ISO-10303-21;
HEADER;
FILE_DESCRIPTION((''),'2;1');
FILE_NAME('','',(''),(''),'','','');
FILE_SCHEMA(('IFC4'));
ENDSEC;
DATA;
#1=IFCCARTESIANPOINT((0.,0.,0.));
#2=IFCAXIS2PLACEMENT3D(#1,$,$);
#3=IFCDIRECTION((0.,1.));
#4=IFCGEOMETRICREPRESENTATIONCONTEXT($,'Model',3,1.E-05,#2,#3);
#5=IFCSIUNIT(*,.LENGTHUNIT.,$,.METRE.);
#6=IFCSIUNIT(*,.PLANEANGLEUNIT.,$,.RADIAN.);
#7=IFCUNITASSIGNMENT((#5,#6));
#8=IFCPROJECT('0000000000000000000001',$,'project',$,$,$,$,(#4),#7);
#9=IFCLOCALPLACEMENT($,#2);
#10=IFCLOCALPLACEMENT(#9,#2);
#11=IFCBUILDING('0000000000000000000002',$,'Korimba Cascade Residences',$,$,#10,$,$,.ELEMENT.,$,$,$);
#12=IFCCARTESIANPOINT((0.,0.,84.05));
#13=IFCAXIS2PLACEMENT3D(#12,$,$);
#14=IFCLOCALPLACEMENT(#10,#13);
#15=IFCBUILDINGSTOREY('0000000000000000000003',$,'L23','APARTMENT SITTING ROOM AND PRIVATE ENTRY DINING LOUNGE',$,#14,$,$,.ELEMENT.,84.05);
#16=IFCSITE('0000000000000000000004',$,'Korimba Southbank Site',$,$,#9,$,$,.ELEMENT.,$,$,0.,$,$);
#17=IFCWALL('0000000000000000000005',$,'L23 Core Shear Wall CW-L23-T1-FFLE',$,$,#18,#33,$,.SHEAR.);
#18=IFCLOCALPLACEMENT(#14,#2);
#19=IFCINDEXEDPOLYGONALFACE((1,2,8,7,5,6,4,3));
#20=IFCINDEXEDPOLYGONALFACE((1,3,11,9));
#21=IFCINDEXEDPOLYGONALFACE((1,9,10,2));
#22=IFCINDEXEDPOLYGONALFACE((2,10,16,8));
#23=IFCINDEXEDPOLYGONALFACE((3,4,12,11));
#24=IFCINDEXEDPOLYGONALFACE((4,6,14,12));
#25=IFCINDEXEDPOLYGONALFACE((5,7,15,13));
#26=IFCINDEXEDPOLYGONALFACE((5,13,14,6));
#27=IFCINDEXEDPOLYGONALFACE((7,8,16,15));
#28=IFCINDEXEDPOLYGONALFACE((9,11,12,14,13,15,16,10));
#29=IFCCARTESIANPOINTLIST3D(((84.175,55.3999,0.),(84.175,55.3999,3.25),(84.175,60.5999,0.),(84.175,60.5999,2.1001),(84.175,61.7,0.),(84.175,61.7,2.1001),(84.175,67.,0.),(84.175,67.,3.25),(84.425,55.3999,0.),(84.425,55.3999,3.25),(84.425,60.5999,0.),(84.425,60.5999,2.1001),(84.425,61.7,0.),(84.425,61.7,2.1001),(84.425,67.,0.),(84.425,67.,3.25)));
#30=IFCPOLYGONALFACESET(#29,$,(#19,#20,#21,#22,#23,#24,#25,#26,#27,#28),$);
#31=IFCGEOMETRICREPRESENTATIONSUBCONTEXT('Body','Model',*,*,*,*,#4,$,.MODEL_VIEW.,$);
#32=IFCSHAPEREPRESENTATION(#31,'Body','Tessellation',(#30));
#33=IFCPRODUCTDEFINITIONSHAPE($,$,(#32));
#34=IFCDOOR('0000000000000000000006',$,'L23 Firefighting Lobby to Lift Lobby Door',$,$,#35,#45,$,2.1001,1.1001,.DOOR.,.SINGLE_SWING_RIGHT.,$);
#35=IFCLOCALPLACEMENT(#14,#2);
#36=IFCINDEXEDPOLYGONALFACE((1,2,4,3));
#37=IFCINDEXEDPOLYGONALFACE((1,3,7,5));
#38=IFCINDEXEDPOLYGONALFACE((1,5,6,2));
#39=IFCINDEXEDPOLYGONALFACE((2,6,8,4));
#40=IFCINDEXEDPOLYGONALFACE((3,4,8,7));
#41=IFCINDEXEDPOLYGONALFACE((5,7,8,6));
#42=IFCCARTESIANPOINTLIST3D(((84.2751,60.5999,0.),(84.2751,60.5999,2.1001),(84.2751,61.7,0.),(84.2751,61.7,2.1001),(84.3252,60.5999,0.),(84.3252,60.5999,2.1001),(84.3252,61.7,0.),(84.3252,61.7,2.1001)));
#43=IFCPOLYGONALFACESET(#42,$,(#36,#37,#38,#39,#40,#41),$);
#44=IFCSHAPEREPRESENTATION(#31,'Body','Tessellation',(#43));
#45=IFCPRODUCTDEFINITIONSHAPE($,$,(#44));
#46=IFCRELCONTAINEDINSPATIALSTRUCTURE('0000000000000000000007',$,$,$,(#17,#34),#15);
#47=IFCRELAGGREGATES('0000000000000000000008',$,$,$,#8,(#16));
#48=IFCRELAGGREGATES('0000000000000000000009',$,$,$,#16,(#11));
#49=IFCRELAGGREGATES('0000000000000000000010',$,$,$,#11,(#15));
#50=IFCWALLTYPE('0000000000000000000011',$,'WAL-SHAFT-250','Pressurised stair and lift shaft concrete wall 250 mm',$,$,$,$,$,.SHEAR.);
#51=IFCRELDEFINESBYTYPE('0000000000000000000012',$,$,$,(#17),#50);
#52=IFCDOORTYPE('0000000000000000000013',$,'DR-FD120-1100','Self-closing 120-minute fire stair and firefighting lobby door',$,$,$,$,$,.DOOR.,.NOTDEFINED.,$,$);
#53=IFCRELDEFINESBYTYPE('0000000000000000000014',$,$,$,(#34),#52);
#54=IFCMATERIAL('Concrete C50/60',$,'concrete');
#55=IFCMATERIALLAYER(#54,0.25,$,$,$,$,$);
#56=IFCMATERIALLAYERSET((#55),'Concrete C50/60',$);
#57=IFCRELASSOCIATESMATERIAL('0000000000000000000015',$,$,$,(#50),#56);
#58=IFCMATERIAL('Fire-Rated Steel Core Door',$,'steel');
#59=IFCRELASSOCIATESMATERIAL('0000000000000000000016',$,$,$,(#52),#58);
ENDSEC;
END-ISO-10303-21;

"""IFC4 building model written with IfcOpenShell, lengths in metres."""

from ifc_helpers import new_model, si_unit, direction, frame, frame_2d, origin, place, context, subcontext, project, spatial, rectangle, extrude, material, layer, layer_set, type_object, element, fill, save


model = new_model("IFC4")

# Units and contexts
model_context = context("Model", 3, precision=1e-05, world=origin(), true_north=direction((0.0, 1.0)))
body_context = subcontext(model_context, "Body", "Model", "MODEL_VIEW")
ifc_project = project(units=[si_unit("LENGTHUNIT", "METRE"), si_unit("PLANEANGLEUNIT", "RADIAN")], contexts=[model_context])

# Site, building, storey
site_placement = place(None, origin())
site = spatial("IfcSite", under=ifc_project, at=site_placement, Name="Korimba Southbank Site", CompositionType="ELEMENT", RefElevation=0.0)
building_placement = place(site_placement, origin())
building = spatial("IfcBuilding", under=site, at=building_placement, Name="Korimba Cascade Residences", CompositionType="ELEMENT")
storey_placement = place(building_placement, frame((0.0, 0.0, 84.05)))
storey = spatial("IfcBuildingStorey", under=building, at=storey_placement, Name="L23", Description="APARTMENT SITTING ROOM AND PRIVATE ENTRY DINING LOUNGE", CompositionType="ELEMENT", Elevation=84.05)

# Shared definitions
ifc_material_1 = material(Name="Concrete C50/60", Category="concrete")
ifc_layer_1 = layer(ifc_material_1, 0.25)
ifc_layer_set_1 = layer_set([ifc_layer_1], Name="Concrete C50/60")
wall_type_1 = type_object("IfcWallType", Name="WAL-SHAFT-250", Description="Pressurised stair and lift shaft concrete wall 250 mm", PredefinedType="SHEAR", material=ifc_layer_set_1)
ifc_material_2 = material(Name="Fire-Rated Steel Core Door", Category="steel")
door_type_1 = type_object("IfcDoorType", Name="DR-FD120-1100", Description="Self-closing 120-minute fire stair and firefighting lobby door", OperationType="NOTDEFINED", PredefinedType="DOOR", material=ifc_material_2)

# Wall, opening, door
wall_1_placement = place(storey_placement, frame((84.3, 55.3999, 0.0), z_axis=(0.0, 0.0, 1.0), x_axis=(0.0, 1.0, 0.0)))
wall_1 = element("IfcWall", 1, at=wall_1_placement, inside=storey, type_object=wall_type_1, Name="L23 Core Shear Wall CW-L23-T1-FFLE", PredefinedType="SHEAR", context=body_context, shape_type="SweptSolid", body=[
    extrude(rectangle(XDim=11.6001, YDim=0.25, at=frame_2d((5.8, 0.0))), origin(), (0.0, 0.0, 1.0), 3.25),
])
opening_1_placement = place(wall_1_placement, frame((5.2, 0.0, 0.0)))
opening_1 = element("IfcOpeningElement", 2, at=opening_1_placement, cuts=wall_1, PredefinedType="OPENING", context=body_context, shape_type="SweptSolid", body=[
    extrude(rectangle(XDim=1.1001, YDim=2.1001, at=frame_2d((0.55, 1.05))), frame((0.0, 0.135, 0.0), z_axis=(0.0, -1.0, 0.0), x_axis=(1.0, 0.0, 0.0)), (0.0, 0.0, 1.0), 0.27),
])
door_1_placement = place(opening_1_placement, origin())
door_1 = element("IfcDoor", 3, at=door_1_placement, inside=storey, type_object=door_type_1, Name="L23 Firefighting Lobby to Lift Lobby Door", OperationType="SINGLE_SWING_RIGHT", OverallHeight=2.1001, OverallWidth=1.1001, PredefinedType="DOOR", context=body_context, shape_type="SweptSolid", body=[
    extrude(rectangle(XDim=1.1001, YDim=2.1001, at=frame_2d((0.55, 1.05))), frame((0.0, 0.0249, 0.0), z_axis=(0.0, -1.0, 0.0), x_axis=(1.0, 0.0, 0.0)), (0.0, 0.0, 1.0), 0.05),
])
fill(opening_1, door_1)

save(model, "model.ifc")
